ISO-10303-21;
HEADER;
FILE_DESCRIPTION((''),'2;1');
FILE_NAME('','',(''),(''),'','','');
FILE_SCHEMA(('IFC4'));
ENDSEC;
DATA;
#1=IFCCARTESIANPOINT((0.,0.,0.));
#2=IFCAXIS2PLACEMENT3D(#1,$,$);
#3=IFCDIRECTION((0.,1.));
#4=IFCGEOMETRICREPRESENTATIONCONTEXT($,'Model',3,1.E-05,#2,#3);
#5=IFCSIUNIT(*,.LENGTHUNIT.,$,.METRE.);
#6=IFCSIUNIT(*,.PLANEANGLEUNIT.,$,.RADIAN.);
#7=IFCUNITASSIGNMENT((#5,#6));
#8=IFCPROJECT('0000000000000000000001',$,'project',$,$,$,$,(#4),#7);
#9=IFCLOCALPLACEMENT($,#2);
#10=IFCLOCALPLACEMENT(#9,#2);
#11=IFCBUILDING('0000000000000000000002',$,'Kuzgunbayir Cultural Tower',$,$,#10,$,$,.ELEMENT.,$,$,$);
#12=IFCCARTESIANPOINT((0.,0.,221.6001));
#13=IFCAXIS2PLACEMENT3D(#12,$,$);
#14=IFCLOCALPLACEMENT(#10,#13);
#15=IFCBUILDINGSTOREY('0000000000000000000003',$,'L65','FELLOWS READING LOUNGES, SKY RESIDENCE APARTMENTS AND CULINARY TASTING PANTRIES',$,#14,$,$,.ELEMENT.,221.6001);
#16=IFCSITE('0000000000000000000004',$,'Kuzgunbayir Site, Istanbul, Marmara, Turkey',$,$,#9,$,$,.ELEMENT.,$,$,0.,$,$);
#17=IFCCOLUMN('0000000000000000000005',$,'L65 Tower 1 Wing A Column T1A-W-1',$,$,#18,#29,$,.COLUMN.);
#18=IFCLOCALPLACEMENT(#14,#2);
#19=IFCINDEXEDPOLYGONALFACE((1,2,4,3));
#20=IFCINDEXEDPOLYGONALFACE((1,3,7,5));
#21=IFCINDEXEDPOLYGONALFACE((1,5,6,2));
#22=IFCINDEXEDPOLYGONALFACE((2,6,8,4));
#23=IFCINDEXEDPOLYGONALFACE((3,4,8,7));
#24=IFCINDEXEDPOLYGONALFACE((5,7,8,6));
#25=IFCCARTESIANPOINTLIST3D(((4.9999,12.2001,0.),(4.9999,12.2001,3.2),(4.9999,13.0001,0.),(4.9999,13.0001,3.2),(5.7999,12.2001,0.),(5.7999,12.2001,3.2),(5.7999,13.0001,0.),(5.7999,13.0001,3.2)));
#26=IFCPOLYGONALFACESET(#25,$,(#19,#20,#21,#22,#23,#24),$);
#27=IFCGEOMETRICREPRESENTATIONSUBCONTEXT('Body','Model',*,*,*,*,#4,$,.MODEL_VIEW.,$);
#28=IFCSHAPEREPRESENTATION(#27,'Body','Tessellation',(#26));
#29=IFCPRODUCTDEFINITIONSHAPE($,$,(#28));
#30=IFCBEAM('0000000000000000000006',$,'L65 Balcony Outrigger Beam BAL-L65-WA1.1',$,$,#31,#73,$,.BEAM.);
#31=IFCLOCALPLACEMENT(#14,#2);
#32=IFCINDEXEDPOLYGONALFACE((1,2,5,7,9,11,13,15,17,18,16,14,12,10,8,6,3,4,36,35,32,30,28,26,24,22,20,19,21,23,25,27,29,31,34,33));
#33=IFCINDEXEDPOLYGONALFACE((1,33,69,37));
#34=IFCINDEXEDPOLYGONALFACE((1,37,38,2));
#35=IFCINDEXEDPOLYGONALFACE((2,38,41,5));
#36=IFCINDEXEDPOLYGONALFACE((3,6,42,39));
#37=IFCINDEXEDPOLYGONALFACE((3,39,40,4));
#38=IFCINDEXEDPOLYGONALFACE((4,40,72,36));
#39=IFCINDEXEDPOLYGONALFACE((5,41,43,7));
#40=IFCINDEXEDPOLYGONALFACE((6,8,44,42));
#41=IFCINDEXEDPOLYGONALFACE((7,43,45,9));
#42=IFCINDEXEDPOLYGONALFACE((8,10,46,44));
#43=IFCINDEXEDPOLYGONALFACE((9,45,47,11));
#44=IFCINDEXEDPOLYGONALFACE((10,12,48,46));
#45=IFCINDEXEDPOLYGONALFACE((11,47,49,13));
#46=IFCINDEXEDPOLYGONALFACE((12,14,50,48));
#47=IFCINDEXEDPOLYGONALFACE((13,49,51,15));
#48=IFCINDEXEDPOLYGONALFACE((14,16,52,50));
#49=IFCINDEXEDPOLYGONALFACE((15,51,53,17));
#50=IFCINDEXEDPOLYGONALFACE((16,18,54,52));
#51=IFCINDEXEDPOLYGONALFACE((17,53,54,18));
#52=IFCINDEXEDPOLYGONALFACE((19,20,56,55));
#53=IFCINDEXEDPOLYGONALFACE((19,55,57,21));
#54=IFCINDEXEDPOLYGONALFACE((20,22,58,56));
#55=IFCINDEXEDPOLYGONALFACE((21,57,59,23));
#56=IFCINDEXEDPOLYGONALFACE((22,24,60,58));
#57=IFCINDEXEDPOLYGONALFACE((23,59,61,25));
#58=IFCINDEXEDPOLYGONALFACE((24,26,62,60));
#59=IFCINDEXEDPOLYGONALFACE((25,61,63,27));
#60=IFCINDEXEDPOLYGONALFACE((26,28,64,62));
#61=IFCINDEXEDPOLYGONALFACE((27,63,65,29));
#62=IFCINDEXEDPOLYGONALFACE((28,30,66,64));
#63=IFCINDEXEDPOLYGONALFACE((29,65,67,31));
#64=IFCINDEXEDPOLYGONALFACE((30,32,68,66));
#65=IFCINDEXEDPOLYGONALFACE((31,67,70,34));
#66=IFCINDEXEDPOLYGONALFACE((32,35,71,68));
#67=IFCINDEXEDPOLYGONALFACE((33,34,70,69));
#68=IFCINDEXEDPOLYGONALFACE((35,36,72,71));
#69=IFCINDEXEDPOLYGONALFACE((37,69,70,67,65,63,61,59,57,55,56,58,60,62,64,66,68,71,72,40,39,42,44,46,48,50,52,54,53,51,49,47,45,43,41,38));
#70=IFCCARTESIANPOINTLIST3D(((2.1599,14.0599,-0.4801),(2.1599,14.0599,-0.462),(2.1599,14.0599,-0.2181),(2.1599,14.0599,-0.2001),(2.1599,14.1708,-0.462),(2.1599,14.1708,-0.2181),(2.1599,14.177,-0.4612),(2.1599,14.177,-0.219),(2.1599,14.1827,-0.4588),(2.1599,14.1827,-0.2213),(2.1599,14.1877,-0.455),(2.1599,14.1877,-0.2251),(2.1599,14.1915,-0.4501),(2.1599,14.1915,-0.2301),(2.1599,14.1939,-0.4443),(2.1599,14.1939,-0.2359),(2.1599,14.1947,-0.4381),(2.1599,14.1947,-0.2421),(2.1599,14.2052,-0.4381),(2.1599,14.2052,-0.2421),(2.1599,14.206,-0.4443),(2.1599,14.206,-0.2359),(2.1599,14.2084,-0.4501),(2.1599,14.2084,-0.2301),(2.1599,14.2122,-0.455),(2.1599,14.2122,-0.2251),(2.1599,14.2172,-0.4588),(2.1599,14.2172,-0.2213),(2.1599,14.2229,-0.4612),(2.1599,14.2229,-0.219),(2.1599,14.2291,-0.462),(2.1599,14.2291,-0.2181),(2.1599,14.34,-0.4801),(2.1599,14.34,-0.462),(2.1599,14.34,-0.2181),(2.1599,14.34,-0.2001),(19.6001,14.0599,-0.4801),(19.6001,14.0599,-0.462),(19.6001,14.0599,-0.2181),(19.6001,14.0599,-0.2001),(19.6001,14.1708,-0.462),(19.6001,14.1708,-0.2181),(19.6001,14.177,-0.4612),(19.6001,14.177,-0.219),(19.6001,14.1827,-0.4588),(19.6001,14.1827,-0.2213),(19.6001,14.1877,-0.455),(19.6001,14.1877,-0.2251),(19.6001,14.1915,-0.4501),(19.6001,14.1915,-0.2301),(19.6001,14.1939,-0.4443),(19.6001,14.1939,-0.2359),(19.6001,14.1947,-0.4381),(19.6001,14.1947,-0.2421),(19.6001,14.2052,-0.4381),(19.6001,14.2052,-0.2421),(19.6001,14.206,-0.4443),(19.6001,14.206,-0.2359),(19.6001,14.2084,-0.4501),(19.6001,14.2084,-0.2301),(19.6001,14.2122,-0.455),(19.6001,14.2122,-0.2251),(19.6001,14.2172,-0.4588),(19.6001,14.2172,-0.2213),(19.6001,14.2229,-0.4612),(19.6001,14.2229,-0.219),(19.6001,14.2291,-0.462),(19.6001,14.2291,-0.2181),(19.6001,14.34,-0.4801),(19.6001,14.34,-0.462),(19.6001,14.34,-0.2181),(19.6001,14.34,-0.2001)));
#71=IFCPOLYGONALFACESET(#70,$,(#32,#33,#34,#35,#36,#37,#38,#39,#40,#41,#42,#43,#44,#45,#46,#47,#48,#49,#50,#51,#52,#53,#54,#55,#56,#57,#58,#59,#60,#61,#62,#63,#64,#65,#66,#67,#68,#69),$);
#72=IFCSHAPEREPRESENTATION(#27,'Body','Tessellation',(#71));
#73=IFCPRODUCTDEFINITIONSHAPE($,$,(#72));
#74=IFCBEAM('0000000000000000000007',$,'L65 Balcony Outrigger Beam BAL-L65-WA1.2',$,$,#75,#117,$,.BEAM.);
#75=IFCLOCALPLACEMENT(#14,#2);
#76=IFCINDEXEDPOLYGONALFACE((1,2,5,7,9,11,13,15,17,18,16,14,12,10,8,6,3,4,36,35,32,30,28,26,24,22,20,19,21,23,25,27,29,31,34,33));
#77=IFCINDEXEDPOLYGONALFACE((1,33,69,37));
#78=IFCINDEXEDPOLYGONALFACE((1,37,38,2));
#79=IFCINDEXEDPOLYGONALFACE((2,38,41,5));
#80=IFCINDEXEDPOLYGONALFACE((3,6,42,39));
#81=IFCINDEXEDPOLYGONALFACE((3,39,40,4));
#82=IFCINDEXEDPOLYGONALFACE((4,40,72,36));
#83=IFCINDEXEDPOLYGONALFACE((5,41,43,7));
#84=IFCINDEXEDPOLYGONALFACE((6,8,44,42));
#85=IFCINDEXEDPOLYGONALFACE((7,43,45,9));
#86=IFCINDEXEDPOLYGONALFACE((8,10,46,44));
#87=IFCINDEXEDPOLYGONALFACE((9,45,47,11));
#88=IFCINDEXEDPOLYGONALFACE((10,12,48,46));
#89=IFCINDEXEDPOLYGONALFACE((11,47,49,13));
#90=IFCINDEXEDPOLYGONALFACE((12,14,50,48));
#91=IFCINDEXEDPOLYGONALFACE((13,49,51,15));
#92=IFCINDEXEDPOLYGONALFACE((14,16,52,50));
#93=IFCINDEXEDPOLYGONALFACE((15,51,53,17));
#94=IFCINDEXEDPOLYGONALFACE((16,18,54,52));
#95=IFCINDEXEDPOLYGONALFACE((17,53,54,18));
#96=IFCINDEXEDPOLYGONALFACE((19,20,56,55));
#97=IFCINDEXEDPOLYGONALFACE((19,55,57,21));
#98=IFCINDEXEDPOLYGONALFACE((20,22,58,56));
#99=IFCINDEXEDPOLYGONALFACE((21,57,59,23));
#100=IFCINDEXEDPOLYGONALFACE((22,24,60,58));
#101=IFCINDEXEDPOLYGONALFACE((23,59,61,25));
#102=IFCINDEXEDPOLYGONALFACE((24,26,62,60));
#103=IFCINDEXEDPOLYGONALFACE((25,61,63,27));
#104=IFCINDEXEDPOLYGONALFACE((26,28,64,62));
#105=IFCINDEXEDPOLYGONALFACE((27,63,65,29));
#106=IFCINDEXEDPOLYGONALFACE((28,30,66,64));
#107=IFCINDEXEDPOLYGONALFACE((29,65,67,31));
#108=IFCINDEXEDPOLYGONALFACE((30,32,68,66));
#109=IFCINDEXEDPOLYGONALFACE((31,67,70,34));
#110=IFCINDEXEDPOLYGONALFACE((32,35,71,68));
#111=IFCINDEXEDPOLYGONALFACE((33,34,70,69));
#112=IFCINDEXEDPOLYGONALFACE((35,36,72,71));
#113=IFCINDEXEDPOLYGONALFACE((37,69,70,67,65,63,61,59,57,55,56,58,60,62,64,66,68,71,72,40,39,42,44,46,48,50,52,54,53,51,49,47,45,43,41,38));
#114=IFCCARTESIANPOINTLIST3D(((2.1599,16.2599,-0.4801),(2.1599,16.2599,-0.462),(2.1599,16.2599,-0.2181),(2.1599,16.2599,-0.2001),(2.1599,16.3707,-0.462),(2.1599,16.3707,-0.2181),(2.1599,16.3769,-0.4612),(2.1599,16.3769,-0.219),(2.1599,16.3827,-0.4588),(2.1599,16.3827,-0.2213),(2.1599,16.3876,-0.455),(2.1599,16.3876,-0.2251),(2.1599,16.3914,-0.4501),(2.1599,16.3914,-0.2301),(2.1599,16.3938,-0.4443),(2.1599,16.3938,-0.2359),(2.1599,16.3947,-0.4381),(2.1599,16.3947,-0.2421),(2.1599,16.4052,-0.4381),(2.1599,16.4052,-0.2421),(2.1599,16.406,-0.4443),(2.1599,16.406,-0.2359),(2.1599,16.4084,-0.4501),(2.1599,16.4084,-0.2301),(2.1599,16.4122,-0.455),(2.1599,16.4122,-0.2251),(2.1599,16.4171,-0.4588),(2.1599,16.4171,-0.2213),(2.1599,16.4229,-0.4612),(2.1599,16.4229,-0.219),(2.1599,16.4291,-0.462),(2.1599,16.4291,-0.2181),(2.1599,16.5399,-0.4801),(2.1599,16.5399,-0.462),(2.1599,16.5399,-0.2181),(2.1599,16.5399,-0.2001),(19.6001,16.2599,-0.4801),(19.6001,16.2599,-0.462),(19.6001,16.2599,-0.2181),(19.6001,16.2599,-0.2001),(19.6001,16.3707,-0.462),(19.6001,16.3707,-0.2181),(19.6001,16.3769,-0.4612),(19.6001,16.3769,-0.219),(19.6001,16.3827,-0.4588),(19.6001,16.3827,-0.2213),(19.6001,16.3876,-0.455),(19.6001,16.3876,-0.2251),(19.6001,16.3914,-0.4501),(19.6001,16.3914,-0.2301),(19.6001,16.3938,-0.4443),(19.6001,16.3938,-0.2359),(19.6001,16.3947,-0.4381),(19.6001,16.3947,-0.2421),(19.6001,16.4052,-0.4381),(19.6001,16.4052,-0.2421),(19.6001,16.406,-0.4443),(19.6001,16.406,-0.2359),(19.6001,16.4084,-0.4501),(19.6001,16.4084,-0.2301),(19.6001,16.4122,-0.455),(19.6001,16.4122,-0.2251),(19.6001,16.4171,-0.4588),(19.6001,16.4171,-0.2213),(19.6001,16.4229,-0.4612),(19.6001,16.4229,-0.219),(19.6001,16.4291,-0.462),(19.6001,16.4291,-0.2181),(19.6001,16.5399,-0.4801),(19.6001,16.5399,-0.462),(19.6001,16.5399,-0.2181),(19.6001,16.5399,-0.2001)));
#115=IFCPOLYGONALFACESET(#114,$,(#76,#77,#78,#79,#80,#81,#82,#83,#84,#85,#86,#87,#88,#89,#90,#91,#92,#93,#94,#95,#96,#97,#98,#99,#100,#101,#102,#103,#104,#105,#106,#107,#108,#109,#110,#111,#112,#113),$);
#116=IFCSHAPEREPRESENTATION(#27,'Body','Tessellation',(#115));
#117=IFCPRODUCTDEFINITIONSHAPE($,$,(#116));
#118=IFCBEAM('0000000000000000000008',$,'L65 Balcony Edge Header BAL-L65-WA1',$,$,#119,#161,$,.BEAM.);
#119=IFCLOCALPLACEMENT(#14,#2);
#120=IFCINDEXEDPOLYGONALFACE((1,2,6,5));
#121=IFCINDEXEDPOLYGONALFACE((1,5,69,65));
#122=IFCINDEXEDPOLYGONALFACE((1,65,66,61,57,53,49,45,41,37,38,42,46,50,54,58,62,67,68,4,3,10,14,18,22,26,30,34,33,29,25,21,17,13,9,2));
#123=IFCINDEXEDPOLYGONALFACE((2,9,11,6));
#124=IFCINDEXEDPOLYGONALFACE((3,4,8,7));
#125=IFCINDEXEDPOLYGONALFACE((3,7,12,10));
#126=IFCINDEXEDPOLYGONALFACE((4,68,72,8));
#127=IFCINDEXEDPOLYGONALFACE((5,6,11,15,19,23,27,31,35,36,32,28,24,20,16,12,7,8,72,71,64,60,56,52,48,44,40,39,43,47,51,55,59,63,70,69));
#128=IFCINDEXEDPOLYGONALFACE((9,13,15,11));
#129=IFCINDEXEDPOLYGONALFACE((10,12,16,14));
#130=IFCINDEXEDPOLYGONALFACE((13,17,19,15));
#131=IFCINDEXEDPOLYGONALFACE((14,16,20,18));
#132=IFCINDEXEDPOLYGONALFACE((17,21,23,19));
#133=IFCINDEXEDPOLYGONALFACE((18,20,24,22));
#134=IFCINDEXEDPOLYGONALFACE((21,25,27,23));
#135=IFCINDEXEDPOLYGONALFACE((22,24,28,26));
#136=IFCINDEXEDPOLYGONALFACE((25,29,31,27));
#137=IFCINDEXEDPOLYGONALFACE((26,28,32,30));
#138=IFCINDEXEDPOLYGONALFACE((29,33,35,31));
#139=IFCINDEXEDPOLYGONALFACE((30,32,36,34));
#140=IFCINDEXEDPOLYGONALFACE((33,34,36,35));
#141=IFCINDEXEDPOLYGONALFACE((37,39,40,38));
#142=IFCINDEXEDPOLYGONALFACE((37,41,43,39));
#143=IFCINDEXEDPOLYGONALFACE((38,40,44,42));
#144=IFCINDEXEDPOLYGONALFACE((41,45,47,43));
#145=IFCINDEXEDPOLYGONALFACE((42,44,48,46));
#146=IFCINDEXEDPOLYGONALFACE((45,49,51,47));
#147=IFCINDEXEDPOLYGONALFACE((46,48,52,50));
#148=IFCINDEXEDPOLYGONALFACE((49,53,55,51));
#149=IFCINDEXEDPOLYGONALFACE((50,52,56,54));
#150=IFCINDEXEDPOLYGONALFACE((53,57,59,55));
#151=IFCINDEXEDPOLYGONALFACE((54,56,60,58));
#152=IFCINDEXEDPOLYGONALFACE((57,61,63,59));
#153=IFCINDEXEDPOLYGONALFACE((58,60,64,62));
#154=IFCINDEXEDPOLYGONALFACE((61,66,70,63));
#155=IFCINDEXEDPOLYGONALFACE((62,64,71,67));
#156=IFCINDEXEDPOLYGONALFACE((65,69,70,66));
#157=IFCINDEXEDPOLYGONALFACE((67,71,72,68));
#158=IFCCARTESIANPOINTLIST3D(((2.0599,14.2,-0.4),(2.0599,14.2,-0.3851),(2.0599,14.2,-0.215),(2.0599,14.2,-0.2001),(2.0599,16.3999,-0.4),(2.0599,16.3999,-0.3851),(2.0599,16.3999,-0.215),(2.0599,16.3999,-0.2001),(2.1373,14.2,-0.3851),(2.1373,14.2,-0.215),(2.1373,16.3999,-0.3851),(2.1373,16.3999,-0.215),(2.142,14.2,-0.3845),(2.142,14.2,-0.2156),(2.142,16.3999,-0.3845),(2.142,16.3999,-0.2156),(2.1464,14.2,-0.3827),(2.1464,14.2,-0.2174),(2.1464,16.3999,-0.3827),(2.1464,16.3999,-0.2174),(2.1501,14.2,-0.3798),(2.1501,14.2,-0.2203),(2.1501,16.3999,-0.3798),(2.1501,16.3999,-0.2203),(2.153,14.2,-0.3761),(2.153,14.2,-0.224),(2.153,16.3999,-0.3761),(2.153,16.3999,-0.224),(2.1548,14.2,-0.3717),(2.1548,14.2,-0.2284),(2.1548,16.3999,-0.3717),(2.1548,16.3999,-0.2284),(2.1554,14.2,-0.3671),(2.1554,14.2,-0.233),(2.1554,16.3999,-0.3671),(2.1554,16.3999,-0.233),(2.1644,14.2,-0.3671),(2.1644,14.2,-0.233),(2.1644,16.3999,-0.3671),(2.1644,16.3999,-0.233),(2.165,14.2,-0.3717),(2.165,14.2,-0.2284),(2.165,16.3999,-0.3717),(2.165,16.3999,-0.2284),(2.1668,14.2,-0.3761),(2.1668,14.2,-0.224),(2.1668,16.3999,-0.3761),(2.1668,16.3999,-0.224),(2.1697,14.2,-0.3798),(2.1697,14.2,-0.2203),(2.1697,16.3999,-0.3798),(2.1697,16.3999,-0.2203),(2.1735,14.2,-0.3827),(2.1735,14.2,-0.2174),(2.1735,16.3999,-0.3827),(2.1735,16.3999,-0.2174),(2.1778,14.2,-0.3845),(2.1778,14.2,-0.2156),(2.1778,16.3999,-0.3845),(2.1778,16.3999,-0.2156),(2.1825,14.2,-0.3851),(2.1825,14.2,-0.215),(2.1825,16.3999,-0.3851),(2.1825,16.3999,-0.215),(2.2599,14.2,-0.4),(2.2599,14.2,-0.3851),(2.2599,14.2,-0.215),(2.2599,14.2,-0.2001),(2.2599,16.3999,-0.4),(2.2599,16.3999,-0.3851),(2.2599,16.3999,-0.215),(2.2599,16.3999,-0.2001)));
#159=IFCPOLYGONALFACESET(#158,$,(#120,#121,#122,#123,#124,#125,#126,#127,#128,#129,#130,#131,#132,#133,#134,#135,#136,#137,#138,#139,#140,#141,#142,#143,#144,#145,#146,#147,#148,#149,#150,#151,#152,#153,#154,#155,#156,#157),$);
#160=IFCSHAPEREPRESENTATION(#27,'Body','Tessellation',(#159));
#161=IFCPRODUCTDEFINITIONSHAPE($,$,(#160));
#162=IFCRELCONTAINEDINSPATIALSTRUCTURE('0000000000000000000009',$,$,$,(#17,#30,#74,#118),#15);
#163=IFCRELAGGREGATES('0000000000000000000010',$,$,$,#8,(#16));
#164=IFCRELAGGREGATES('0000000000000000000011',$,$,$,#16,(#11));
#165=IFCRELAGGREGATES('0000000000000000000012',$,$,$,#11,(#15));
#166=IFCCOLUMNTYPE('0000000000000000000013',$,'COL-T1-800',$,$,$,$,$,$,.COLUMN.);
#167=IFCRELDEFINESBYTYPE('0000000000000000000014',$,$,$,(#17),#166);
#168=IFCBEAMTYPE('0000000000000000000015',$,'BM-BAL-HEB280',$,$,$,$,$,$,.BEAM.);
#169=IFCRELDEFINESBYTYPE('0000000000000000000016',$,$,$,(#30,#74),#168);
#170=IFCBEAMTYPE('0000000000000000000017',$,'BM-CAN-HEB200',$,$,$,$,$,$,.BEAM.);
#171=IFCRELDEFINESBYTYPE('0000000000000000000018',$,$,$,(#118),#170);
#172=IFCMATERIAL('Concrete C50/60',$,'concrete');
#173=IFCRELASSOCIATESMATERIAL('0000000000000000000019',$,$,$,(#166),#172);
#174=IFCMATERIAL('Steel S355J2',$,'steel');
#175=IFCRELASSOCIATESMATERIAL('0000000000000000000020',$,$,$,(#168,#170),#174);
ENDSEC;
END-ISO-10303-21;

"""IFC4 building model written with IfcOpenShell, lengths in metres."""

from ifc_helpers import new_model, si_unit, direction, frame, origin, origin_2d, place, context, subcontext, project, spatial, rectangle, i_section, extrude, material, material_profile, profile_set, type_object, element, save


model = new_model("IFC4")

# Units and contexts
model_context = context("Model", 3, precision=1e-05, world=origin(), true_north=direction((0.0, 1.0)))
body_context = subcontext(model_context, "Body", "Model", "MODEL_VIEW")
ifc_project = project(units=[si_unit("LENGTHUNIT", "METRE"), si_unit("PLANEANGLEUNIT", "RADIAN")], contexts=[model_context])

# Site, building, storey
site_placement = place(None, origin())
site = spatial("IfcSite", under=ifc_project, at=site_placement, Name="Kuzgunbayir Site, Istanbul, Marmara, Turkey", CompositionType="ELEMENT", RefElevation=0.0)
building_placement = place(site_placement, origin())
building = spatial("IfcBuilding", under=site, at=building_placement, Name="Kuzgunbayir Cultural Tower", CompositionType="ELEMENT")
storey_placement = place(building_placement, frame((0.0, 0.0, 221.6001)))
storey = spatial("IfcBuildingStorey", under=building, at=storey_placement, Name="L65", Description="FELLOWS READING LOUNGES, SKY RESIDENCE APARTMENTS AND CULINARY TASTING PANTRIES", CompositionType="ELEMENT", Elevation=221.6001)

# Column
ifc_material_1 = material(Name="Concrete C50/60", Category="concrete")
ifc_material_profile_1 = material_profile(ifc_material_1, rectangle(XDim=0.8, YDim=0.8, at=origin_2d()), Name="RC 800x800")
ifc_profile_set_1 = profile_set([ifc_material_profile_1], Name="Concrete C50/60")
column_type = type_object("IfcColumnType", Name="COL-T1-800", PredefinedType="COLUMN", material=ifc_profile_set_1)
column_placement = place(storey_placement, frame((5.3999, 12.6001, 0.0), z_axis=(0.0, 0.0, 1.0), x_axis=(1.0, 0.0, 0.0)))
element("IfcColumn", 1, at=column_placement, inside=storey, type_object=column_type, Name="L65 Tower 1 Wing A Column T1A-W-1", PredefinedType="COLUMN", context=body_context, shape_type="SweptSolid", body=[
    extrude(rectangle(XDim=0.8, YDim=0.8, at=origin_2d()), origin(), (0.0, 0.0, 1.0), 3.2),
])

# Beams
ifc_material_2 = material(Name="Steel S355J2", Category="steel")
ifc_material_profile_2 = material_profile(ifc_material_2, i_section(OverallWidth=0.28, OverallDepth=0.28, WebThickness=0.0105, FlangeThickness=0.0181, FilletRadius=0.0239, at=origin_2d()), Name="HEB 280")
ifc_profile_set_2 = profile_set([ifc_material_profile_2], Name="Steel S355J2")
beam_type_1 = type_object("IfcBeamType", Name="BM-BAL-HEB280", PredefinedType="BEAM", material=ifc_profile_set_2)
for number, where, z_axis, x_axis, name in (
    (2, (2.1599, 14.2, -0.3401), (1.0, 0.0, 0.0), (0.0, 1.0, 0.0), "L65 Balcony Outrigger Beam BAL-L65-WA1.1"),
    (3, (2.1599, 16.3999, -0.3401), (1.0, 0.0, 0.0), (0.0, 1.0, 0.0), "L65 Balcony Outrigger Beam BAL-L65-WA1.2"),
):
    element("IfcBeam", number, at=place(storey_placement, frame(where, z_axis=z_axis, x_axis=x_axis)), inside=storey, type_object=beam_type_1, Name=name, PredefinedType="BEAM", context=body_context, shape_type="SweptSolid", body=[
        extrude(i_section(OverallWidth=0.28, OverallDepth=0.28, WebThickness=0.0105, FlangeThickness=0.0181, FilletRadius=0.0239, at=origin_2d()), origin(), (0.0, 0.0, 1.0), 17.4402),
    ])
ifc_material_profile_3 = material_profile(ifc_material_2, i_section(OverallWidth=0.2, OverallDepth=0.2, WebThickness=0.009, FlangeThickness=0.0149, FilletRadius=0.0181, at=origin_2d()), Name="HEB 200")
ifc_profile_set_3 = profile_set([ifc_material_profile_3], Name="Steel S355J2")
beam_type_2 = type_object("IfcBeamType", Name="BM-CAN-HEB200", PredefinedType="BEAM", material=ifc_profile_set_3)
beam_1_placement = place(storey_placement, frame((2.1599, 14.2, -0.3), z_axis=(0.0, 1.0, 0.0), x_axis=(-1.0, 0.0, 0.0)))
element("IfcBeam", 4, at=beam_1_placement, inside=storey, type_object=beam_type_2, Name="L65 Balcony Edge Header BAL-L65-WA1", PredefinedType="BEAM", context=body_context, shape_type="SweptSolid", body=[
    extrude(i_section(OverallWidth=0.2, OverallDepth=0.2, WebThickness=0.009, FlangeThickness=0.0149, FilletRadius=0.0181, at=origin_2d()), origin(), (0.0, 0.0, 1.0), 2.2),
])

save(model, "model.ifc")
